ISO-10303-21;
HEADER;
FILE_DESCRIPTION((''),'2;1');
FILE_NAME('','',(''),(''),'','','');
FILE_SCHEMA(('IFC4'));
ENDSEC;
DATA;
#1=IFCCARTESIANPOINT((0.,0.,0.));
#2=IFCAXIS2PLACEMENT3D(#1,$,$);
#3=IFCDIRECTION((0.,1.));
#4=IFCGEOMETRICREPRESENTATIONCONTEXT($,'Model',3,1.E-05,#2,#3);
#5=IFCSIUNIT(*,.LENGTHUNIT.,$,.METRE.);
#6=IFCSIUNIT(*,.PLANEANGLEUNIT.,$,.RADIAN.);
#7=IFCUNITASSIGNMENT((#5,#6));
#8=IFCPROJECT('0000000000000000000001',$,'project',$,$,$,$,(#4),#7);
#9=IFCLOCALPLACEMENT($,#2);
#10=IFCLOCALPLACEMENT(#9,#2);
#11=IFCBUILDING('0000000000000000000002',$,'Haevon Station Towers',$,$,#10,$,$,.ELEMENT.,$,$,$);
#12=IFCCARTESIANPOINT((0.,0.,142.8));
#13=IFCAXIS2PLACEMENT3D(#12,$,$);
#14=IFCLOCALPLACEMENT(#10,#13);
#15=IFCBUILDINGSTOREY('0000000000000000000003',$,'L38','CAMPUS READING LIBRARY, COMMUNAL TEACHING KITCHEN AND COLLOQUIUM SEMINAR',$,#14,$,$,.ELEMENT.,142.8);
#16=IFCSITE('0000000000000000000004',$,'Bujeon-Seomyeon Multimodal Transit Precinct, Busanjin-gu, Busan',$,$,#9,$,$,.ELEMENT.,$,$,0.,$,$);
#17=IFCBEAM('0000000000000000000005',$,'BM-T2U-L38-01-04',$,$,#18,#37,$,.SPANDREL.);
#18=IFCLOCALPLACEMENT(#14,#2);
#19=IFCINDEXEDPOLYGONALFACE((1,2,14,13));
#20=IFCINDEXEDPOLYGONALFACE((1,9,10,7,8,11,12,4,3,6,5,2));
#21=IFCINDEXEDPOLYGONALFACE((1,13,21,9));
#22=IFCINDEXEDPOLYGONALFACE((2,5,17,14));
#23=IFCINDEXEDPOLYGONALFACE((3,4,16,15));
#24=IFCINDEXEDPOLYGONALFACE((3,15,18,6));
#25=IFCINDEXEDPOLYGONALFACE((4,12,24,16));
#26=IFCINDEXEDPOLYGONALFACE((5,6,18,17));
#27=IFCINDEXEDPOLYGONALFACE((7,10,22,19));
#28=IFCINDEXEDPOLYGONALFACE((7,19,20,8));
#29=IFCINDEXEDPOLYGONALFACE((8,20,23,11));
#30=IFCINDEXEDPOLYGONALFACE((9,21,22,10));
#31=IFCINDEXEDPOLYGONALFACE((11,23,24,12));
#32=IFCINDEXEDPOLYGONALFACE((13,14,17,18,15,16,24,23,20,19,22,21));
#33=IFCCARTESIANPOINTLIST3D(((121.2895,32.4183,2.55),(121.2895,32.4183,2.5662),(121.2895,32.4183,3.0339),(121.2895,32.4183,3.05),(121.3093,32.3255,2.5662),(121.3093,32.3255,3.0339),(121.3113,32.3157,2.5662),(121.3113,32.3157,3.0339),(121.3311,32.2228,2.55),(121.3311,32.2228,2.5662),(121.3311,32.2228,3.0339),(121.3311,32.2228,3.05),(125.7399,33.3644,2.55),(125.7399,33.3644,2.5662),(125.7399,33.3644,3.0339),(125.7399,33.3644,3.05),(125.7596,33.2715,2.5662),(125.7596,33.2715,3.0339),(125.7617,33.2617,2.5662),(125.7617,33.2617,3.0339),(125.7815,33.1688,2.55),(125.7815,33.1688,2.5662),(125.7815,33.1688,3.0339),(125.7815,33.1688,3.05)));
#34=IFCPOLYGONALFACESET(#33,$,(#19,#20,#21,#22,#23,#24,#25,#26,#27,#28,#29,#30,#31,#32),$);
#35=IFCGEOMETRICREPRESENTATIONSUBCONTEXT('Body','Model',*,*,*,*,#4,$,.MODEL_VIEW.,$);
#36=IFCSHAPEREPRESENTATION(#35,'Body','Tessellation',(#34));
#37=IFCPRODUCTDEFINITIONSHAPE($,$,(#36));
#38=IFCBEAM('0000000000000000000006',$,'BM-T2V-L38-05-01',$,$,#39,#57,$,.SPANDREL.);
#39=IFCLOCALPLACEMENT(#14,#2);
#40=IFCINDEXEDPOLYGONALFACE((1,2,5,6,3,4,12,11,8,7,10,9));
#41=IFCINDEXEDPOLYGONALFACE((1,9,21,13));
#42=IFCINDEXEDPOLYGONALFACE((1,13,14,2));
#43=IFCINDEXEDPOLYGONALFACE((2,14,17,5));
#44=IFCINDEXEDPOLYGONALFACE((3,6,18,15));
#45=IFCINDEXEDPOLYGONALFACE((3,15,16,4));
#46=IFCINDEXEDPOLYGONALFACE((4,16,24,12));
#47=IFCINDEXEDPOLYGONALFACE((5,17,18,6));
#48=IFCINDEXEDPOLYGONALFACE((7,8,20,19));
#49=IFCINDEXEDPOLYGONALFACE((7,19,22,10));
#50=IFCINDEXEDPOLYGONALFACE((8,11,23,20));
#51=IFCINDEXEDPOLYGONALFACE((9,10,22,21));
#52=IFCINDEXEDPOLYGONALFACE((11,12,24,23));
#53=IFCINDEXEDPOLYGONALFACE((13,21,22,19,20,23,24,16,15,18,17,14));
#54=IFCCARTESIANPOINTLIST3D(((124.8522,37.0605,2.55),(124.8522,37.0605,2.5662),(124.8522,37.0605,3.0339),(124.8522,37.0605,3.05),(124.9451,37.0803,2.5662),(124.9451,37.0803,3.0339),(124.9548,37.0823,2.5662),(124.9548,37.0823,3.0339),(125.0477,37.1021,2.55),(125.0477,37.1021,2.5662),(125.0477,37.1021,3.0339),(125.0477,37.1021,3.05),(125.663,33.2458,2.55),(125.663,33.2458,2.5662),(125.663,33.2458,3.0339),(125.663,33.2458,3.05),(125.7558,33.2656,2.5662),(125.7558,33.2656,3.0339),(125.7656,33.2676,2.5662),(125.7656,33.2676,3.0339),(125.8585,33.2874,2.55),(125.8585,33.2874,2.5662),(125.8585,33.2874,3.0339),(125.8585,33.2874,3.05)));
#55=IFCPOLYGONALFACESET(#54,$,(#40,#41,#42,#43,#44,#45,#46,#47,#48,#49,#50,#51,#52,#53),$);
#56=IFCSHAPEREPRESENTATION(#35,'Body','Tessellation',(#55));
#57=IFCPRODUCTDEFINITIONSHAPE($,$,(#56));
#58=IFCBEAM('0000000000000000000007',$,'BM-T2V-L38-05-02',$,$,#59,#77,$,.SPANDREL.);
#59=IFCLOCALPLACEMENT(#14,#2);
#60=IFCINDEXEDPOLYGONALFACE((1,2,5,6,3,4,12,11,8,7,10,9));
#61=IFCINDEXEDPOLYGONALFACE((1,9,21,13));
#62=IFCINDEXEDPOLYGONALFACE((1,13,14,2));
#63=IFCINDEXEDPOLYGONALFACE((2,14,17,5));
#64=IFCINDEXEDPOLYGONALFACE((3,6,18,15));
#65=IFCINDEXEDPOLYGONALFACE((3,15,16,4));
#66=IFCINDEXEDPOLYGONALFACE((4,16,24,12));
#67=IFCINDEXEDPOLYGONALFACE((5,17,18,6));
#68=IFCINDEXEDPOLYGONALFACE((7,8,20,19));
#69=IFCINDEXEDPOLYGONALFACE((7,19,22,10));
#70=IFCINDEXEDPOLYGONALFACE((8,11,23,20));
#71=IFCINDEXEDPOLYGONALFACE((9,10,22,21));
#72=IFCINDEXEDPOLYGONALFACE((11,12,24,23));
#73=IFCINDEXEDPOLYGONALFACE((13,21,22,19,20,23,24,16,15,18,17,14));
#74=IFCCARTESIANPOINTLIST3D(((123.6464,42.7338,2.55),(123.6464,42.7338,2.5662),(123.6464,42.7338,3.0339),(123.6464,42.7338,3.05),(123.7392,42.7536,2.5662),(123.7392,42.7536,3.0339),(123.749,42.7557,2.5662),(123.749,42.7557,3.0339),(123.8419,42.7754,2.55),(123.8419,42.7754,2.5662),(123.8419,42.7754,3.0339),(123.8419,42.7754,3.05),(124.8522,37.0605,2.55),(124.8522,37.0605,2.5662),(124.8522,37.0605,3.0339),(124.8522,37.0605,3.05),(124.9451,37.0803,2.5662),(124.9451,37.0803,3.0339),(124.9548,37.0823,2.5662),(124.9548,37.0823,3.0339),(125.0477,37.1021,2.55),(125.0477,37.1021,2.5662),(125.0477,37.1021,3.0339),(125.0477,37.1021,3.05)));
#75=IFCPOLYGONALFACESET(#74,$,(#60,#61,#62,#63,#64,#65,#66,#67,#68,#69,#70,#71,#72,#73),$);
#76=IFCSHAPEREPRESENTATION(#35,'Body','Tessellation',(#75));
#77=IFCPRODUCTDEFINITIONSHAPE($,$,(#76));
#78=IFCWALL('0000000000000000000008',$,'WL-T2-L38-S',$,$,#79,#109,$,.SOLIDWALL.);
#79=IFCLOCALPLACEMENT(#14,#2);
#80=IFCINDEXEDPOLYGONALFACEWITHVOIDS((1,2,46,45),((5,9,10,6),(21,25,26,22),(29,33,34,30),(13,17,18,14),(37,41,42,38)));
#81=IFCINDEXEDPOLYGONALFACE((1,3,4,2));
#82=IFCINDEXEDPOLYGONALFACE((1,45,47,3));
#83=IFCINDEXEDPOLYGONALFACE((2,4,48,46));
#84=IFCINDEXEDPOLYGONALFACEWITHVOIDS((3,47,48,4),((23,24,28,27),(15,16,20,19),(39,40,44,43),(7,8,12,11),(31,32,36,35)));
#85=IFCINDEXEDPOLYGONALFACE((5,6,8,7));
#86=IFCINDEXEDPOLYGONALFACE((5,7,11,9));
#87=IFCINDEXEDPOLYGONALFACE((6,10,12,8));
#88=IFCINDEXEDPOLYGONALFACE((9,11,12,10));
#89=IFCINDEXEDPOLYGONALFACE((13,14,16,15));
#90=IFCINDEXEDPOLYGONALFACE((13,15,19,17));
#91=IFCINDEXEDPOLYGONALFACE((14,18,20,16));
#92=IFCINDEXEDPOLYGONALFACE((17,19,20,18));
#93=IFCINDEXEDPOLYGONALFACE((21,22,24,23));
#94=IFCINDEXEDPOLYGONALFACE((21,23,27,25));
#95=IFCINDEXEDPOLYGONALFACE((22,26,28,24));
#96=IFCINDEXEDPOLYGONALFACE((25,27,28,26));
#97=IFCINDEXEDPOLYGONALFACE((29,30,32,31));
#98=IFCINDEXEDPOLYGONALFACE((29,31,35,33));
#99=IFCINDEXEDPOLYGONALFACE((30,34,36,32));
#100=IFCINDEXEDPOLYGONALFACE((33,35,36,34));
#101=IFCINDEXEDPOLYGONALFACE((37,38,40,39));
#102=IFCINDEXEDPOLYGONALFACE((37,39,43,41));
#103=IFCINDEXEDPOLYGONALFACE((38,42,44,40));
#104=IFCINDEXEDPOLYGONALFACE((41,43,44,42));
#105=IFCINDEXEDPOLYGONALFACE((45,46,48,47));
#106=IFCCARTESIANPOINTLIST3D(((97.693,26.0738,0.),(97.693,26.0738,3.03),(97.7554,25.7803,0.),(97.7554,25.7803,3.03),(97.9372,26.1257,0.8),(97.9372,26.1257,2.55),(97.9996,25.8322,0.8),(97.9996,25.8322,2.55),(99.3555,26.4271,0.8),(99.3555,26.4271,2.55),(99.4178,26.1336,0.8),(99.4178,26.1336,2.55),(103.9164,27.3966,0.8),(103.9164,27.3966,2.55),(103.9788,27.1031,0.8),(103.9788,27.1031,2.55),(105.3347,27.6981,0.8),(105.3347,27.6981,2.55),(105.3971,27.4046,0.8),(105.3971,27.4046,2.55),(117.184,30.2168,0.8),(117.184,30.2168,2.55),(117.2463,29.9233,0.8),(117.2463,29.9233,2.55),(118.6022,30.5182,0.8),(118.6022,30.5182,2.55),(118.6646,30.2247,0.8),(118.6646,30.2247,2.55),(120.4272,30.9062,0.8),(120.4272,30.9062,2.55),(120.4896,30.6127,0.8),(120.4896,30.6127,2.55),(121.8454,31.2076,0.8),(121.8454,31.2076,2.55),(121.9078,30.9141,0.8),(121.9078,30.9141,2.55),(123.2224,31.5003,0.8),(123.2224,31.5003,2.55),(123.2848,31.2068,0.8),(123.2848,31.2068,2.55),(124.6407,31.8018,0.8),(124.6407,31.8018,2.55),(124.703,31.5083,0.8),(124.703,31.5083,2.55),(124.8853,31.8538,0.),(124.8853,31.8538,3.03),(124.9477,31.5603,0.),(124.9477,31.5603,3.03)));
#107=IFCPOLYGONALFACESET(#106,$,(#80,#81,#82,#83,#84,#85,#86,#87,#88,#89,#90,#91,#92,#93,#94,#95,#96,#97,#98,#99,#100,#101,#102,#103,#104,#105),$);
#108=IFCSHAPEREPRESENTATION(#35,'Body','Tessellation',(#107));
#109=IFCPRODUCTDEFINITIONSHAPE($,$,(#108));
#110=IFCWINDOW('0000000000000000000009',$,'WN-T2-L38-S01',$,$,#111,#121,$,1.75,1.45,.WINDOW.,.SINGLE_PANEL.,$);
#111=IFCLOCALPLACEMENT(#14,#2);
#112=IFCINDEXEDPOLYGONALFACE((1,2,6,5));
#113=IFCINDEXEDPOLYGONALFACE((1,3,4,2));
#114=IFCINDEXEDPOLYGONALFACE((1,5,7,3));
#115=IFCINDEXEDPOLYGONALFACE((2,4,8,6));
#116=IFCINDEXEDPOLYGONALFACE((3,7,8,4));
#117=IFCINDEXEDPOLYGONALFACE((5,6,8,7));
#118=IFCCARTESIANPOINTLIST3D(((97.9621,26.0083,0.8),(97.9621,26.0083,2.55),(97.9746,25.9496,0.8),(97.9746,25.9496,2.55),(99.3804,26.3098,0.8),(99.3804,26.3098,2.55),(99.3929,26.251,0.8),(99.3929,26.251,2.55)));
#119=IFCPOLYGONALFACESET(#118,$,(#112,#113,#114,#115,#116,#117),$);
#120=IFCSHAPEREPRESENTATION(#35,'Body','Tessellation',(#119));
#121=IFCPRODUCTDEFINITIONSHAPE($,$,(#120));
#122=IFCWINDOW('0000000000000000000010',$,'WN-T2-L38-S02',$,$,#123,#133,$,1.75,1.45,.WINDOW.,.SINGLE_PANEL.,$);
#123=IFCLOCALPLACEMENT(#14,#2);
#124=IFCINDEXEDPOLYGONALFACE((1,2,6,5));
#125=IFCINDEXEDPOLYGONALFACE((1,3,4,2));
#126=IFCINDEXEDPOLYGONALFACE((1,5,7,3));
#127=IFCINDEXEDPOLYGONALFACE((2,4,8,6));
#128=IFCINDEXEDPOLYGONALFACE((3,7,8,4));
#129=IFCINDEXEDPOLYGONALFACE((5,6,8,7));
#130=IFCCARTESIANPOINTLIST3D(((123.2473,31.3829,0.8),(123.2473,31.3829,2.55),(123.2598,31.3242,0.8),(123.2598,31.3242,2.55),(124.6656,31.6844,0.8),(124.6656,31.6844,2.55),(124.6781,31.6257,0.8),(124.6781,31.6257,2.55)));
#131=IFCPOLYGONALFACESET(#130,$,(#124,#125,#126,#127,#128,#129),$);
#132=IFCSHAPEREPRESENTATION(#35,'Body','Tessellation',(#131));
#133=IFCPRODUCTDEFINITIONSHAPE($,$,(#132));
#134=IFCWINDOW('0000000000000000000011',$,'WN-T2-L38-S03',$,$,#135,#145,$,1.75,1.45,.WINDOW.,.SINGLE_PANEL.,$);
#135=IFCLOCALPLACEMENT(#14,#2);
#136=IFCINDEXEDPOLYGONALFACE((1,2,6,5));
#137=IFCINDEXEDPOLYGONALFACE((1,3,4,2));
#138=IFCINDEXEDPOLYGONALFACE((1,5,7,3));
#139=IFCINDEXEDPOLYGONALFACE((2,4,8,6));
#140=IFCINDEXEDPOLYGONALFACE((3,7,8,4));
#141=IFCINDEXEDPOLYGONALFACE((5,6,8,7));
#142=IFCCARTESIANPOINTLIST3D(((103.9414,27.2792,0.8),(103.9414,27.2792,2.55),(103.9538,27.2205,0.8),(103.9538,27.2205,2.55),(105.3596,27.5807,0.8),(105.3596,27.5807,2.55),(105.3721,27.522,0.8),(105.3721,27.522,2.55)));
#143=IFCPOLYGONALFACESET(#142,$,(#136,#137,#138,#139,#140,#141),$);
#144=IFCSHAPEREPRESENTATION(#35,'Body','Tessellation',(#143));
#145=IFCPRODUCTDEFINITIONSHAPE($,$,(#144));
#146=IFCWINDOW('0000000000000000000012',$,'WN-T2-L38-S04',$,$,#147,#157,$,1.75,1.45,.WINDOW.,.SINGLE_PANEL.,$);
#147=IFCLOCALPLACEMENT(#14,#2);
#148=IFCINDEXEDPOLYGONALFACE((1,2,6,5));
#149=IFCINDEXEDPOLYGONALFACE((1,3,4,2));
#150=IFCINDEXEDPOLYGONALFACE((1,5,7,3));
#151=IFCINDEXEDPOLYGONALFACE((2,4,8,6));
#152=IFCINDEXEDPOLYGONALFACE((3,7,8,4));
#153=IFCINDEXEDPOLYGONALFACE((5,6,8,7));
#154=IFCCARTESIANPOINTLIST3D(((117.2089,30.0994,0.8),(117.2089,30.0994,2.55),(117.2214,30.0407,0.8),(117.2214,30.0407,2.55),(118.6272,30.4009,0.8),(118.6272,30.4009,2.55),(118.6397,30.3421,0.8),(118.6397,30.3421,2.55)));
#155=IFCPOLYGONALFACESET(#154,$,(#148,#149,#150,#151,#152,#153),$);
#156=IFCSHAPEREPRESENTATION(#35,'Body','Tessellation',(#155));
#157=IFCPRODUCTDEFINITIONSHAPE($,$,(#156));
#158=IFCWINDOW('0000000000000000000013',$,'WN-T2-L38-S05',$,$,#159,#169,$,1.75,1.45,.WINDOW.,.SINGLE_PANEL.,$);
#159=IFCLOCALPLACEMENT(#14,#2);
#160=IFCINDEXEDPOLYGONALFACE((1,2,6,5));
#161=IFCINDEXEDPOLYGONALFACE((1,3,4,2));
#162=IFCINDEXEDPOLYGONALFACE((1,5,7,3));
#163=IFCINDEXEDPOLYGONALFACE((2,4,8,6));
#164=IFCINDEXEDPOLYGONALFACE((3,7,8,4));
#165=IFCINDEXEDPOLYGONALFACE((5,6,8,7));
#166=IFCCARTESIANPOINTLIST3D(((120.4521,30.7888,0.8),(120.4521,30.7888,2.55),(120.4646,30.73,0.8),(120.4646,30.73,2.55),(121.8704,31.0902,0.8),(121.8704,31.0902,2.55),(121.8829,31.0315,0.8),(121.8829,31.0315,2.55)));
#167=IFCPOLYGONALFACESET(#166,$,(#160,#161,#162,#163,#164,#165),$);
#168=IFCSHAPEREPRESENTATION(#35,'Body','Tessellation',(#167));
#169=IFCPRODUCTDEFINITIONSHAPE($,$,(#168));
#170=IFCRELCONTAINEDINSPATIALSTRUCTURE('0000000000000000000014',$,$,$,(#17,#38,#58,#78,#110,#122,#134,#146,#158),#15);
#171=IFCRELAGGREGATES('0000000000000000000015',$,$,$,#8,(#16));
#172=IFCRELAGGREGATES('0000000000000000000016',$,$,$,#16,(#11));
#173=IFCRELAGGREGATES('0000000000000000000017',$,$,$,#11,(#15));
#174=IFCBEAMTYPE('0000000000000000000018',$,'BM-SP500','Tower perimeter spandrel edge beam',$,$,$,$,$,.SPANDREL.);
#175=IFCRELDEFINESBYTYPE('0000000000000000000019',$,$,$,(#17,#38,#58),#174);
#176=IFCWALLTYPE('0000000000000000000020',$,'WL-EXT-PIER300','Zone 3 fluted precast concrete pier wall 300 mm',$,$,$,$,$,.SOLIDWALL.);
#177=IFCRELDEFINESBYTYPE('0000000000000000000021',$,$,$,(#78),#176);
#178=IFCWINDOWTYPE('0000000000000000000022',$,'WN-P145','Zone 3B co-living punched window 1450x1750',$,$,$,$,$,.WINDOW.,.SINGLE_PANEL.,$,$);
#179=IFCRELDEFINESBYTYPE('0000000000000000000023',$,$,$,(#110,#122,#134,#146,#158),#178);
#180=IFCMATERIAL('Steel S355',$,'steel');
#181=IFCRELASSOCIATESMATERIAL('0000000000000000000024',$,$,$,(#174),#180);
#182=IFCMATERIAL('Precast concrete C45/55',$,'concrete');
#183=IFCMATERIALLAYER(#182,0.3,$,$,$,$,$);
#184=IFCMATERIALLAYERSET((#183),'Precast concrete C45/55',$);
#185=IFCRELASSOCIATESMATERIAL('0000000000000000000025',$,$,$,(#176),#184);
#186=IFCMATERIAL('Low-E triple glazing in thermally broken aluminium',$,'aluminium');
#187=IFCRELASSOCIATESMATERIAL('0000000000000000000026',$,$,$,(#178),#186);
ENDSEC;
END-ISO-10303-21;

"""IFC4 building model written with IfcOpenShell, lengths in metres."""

from ifc_helpers import new_model, si_unit, direction, frame, frame_2d, origin, origin_2d, place, context, subcontext, project, spatial, rectangle, i_section, extrude, material, layer, layer_set, material_profile, profile_set, type_object, element, fill, save


model = new_model("IFC4")

# Units and contexts
model_context = context("Model", 3, precision=1e-05, world=origin(), true_north=direction((0.0, 1.0)))
body_context = subcontext(model_context, "Body", "Model", "MODEL_VIEW")
ifc_project = project(units=[si_unit("LENGTHUNIT", "METRE"), si_unit("PLANEANGLEUNIT", "RADIAN")], contexts=[model_context])

# Site, building, storey
site_placement = place(None, origin())
site = spatial("IfcSite", under=ifc_project, at=site_placement, Name="Bujeon-Seomyeon Multimodal Transit Precinct, Busanjin-gu, Busan", CompositionType="ELEMENT", RefElevation=0.0)
building_placement = place(site_placement, origin())
building = spatial("IfcBuilding", under=site, at=building_placement, Name="Haevon Station Towers", CompositionType="ELEMENT")
storey_placement = place(building_placement, frame((0.0, 0.0, 142.8)))
storey = spatial("IfcBuildingStorey", under=building, at=storey_placement, Name="L38", Description="CAMPUS READING LIBRARY, COMMUNAL TEACHING KITCHEN AND COLLOQUIUM SEMINAR", CompositionType="ELEMENT", Elevation=142.8)

# Shared definitions
ifc_material_1 = material(Name="Steel S355", Category="steel")

# Beams
ifc_material_profile_1 = material_profile(ifc_material_1, i_section(OverallWidth=0.2, OverallDepth=0.5, WebThickness=0.01, FlangeThickness=0.0161, at=origin_2d()), Name="H-500x200x10x16")
ifc_profile_set_1 = profile_set([ifc_material_profile_1], Name="Steel S355")
beam_type_1 = type_object("IfcBeamType", Name="BM-SP500", Description="Tower perimeter spandrel edge beam", PredefinedType="SPANDREL", material=ifc_profile_set_1)
beam_1_placement = place(storey_placement, frame((121.3103, 32.3206, 2.8), z_axis=(0.978144, 0.207927, 0.0), x_axis=(-0.207927, 0.978144, 0.0)))
element("IfcBeam", 1, at=beam_1_placement, inside=storey, type_object=beam_type_1, Name="BM-T2U-L38-01-04", PredefinedType="SPANDREL", context=body_context, shape_type="SweptSolid", body=[
    extrude(i_section(OverallWidth=0.2, OverallDepth=0.5, WebThickness=0.01, FlangeThickness=0.0161, at=origin_2d()), origin(), (0.0, 0.0, 1.0), 4.5498),
])
beam_2_placement = place(storey_placement, frame((125.7607, 33.2666, 2.8), z_axis=(-0.2079, 0.97815, 0.0), x_axis=(-0.97815, -0.2079, 0.0)))
element("IfcBeam", 2, at=beam_2_placement, inside=storey, type_object=beam_type_1, Name="BM-T2V-L38-05-01", PredefinedType="SPANDREL", context=body_context, shape_type="SweptSolid", body=[
    extrude(i_section(OverallWidth=0.2, OverallDepth=0.5, WebThickness=0.01, FlangeThickness=0.0161, at=origin_2d()), origin(), (0.0, 0.0, 1.0), 3.8999),
])
beam_3_placement = place(storey_placement, frame((124.95, 37.0813, 2.8), z_axis=(-0.207896, 0.978151, 0.0), x_axis=(-0.978151, -0.207896, 0.0)))
element("IfcBeam", 3, at=beam_3_placement, inside=storey, type_object=beam_type_1, Name="BM-T2V-L38-05-02", PredefinedType="SPANDREL", context=body_context, shape_type="SweptSolid", body=[
    extrude(i_section(OverallWidth=0.2, OverallDepth=0.5, WebThickness=0.01, FlangeThickness=0.0161, at=origin_2d()), origin(), (0.0, 0.0, 1.0), 5.8),
])

# Wall, openings, windows
ifc_material_2 = material(Name="Precast concrete C45/55", Category="concrete")
ifc_layer_1 = layer(ifc_material_2, 0.3)
ifc_layer_set_1 = layer_set([ifc_layer_1], Name="Precast concrete C45/55")
wall_type_1 = type_object("IfcWallType", Name="WL-EXT-PIER300", Description="Zone 3 fluted precast concrete pier wall 300 mm", PredefinedType="SOLIDWALL", material=ifc_layer_set_1)
wall_1_placement = place(storey_placement, frame((124.9165, 31.707, 0.0), z_axis=(0.0, 0.0, 1.0), x_axis=(-0.978147, -0.207915, 0.0)))
wall_1 = element("IfcWall", 4, at=wall_1_placement, inside=storey, type_object=wall_type_1, Name="WL-T2-L38-S", PredefinedType="SOLIDWALL", context=body_context, shape_type="SweptSolid", body=[
    extrude(rectangle(XDim=27.7998, YDim=0.3, at=frame_2d((13.8999, 0.0))), origin(), (0.0, 0.0, 1.0), 3.03),
])
opening_1_placement = place(wall_1_placement, frame((26.1001, 0.0, 0.8)))
opening_1 = element("IfcOpeningElement", 5, at=opening_1_placement, cuts=wall_1, PredefinedType="OPENING", context=body_context, shape_type="SweptSolid", body=[
    extrude(rectangle(XDim=1.45, YDim=1.75, at=frame_2d((0.7251, 0.875))), frame((0.0, 0.1599, 0.0), z_axis=(0.0, -1.0, 0.0), x_axis=(1.0, 0.0, 0.0)), (0.0, 0.0, 1.0), 0.3201),
])
opening_2_placement = place(wall_1_placement, frame((0.25, 0.0, 0.8)))
opening_2 = element("IfcOpeningElement", 6, at=opening_2_placement, cuts=wall_1, PredefinedType="OPENING", context=body_context, shape_type="SweptSolid", body=[
    extrude(rectangle(XDim=1.45, YDim=1.75, at=frame_2d((0.7251, 0.875))), frame((0.0, 0.1599, 0.0), z_axis=(0.0, -1.0, 0.0), x_axis=(1.0, 0.0, 0.0)), (0.0, 0.0, 1.0), 0.3201),
])
opening_3_placement = place(wall_1_placement, frame((19.9873, 0.0, 0.8)))
opening_3 = element("IfcOpeningElement", 7, at=opening_3_placement, cuts=wall_1, PredefinedType="OPENING", context=body_context, shape_type="SweptSolid", body=[
    extrude(rectangle(XDim=1.45, YDim=1.75, at=frame_2d((0.7251, 0.875))), frame((0.0, 0.1599, 0.0), z_axis=(0.0, -1.0, 0.0), x_axis=(1.0, 0.0, 0.0)), (0.0, 0.0, 1.0), 0.3201),
])
opening_4_placement = place(wall_1_placement, frame((6.4233, 0.0, 0.8)))
opening_4 = element("IfcOpeningElement", 8, at=opening_4_placement, cuts=wall_1, PredefinedType="OPENING", context=body_context, shape_type="SweptSolid", body=[
    extrude(rectangle(XDim=1.45, YDim=1.75, at=frame_2d((0.7251, 0.875))), frame((0.0, 0.1599, 0.0), z_axis=(0.0, -1.0, 0.0), x_axis=(1.0, 0.0, 0.0)), (0.0, 0.0, 1.0), 0.3201),
])
opening_5_placement = place(wall_1_placement, frame((3.1077, 0.0, 0.8)))
opening_5 = element("IfcOpeningElement", 9, at=opening_5_placement, cuts=wall_1, PredefinedType="OPENING", context=body_context, shape_type="SweptSolid", body=[
    extrude(rectangle(XDim=1.45, YDim=1.75, at=frame_2d((0.7251, 0.875))), frame((0.0, 0.1599, 0.0), z_axis=(0.0, -1.0, 0.0), x_axis=(1.0, 0.0, 0.0)), (0.0, 0.0, 1.0), 0.3201),
])
ifc_material_3 = material(Name="Low-E triple glazing in thermally broken aluminium", Category="aluminium")
window_type = type_object("IfcWindowType", Name="WN-P145", Description="Zone 3B co-living punched window 1450x1750", PartitioningType="SINGLE_PANEL", PredefinedType="WINDOW", material=ifc_material_3)
window_1_placement = place(opening_1_placement, origin())
window_1 = element("IfcWindow", 10, at=window_1_placement, inside=storey, type_object=window_type, Name="WN-T2-L38-S01", OverallHeight=1.75, OverallWidth=1.45, PartitioningType="SINGLE_PANEL", PredefinedType="WINDOW", context=body_context, shape_type="SweptSolid", body=[
    extrude(rectangle(XDim=1.45, YDim=1.75, at=frame_2d((0.7251, 0.875))), frame((0.0, 0.03, 0.0), z_axis=(0.0, -1.0, 0.0), x_axis=(1.0, 0.0, 0.0)), (0.0, 0.0, 1.0), 0.0601),
])
fill(opening_1, window_1)
window_2_placement = place(opening_2_placement, origin())
window_2 = element("IfcWindow", 11, at=window_2_placement, inside=storey, type_object=window_type, Name="WN-T2-L38-S02", OverallHeight=1.75, OverallWidth=1.45, PartitioningType="SINGLE_PANEL", PredefinedType="WINDOW", context=body_context, shape_type="SweptSolid", body=[
    extrude(rectangle(XDim=1.45, YDim=1.75, at=frame_2d((0.7251, 0.875))), frame((0.0, 0.03, 0.0), z_axis=(0.0, -1.0, 0.0), x_axis=(1.0, 0.0, 0.0)), (0.0, 0.0, 1.0), 0.0601),
])
fill(opening_2, window_2)
window_3_placement = place(opening_3_placement, origin())
window_3 = element("IfcWindow", 12, at=window_3_placement, inside=storey, type_object=window_type, Name="WN-T2-L38-S03", OverallHeight=1.75, OverallWidth=1.45, PartitioningType="SINGLE_PANEL", PredefinedType="WINDOW", context=body_context, shape_type="SweptSolid", body=[
    extrude(rectangle(XDim=1.45, YDim=1.75, at=frame_2d((0.7251, 0.875))), frame((0.0, 0.03, 0.0), z_axis=(0.0, -1.0, 0.0), x_axis=(1.0, 0.0, 0.0)), (0.0, 0.0, 1.0), 0.0601),
])
fill(opening_3, window_3)
window_4_placement = place(opening_4_placement, origin())
window_4 = element("IfcWindow", 13, at=window_4_placement, inside=storey, type_object=window_type, Name="WN-T2-L38-S04", OverallHeight=1.75, OverallWidth=1.45, PartitioningType="SINGLE_PANEL", PredefinedType="WINDOW", context=body_context, shape_type="SweptSolid", body=[
    extrude(rectangle(XDim=1.45, YDim=1.75, at=frame_2d((0.7251, 0.875))), frame((0.0, 0.03, 0.0), z_axis=(0.0, -1.0, 0.0), x_axis=(1.0, 0.0, 0.0)), (0.0, 0.0, 1.0), 0.0601),
])
fill(opening_4, window_4)
window_5_placement = place(opening_5_placement, origin())
window_5 = element("IfcWindow", 14, at=window_5_placement, inside=storey, type_object=window_type, Name="WN-T2-L38-S05", OverallHeight=1.75, OverallWidth=1.45, PartitioningType="SINGLE_PANEL", PredefinedType="WINDOW", context=body_context, shape_type="SweptSolid", body=[
    extrude(rectangle(XDim=1.45, YDim=1.75, at=frame_2d((0.7251, 0.875))), frame((0.0, 0.03, 0.0), z_axis=(0.0, -1.0, 0.0), x_axis=(1.0, 0.0, 0.0)), (0.0, 0.0, 1.0), 0.0601),
])
fill(opening_5, window_5)

save(model, "model.ifc")
